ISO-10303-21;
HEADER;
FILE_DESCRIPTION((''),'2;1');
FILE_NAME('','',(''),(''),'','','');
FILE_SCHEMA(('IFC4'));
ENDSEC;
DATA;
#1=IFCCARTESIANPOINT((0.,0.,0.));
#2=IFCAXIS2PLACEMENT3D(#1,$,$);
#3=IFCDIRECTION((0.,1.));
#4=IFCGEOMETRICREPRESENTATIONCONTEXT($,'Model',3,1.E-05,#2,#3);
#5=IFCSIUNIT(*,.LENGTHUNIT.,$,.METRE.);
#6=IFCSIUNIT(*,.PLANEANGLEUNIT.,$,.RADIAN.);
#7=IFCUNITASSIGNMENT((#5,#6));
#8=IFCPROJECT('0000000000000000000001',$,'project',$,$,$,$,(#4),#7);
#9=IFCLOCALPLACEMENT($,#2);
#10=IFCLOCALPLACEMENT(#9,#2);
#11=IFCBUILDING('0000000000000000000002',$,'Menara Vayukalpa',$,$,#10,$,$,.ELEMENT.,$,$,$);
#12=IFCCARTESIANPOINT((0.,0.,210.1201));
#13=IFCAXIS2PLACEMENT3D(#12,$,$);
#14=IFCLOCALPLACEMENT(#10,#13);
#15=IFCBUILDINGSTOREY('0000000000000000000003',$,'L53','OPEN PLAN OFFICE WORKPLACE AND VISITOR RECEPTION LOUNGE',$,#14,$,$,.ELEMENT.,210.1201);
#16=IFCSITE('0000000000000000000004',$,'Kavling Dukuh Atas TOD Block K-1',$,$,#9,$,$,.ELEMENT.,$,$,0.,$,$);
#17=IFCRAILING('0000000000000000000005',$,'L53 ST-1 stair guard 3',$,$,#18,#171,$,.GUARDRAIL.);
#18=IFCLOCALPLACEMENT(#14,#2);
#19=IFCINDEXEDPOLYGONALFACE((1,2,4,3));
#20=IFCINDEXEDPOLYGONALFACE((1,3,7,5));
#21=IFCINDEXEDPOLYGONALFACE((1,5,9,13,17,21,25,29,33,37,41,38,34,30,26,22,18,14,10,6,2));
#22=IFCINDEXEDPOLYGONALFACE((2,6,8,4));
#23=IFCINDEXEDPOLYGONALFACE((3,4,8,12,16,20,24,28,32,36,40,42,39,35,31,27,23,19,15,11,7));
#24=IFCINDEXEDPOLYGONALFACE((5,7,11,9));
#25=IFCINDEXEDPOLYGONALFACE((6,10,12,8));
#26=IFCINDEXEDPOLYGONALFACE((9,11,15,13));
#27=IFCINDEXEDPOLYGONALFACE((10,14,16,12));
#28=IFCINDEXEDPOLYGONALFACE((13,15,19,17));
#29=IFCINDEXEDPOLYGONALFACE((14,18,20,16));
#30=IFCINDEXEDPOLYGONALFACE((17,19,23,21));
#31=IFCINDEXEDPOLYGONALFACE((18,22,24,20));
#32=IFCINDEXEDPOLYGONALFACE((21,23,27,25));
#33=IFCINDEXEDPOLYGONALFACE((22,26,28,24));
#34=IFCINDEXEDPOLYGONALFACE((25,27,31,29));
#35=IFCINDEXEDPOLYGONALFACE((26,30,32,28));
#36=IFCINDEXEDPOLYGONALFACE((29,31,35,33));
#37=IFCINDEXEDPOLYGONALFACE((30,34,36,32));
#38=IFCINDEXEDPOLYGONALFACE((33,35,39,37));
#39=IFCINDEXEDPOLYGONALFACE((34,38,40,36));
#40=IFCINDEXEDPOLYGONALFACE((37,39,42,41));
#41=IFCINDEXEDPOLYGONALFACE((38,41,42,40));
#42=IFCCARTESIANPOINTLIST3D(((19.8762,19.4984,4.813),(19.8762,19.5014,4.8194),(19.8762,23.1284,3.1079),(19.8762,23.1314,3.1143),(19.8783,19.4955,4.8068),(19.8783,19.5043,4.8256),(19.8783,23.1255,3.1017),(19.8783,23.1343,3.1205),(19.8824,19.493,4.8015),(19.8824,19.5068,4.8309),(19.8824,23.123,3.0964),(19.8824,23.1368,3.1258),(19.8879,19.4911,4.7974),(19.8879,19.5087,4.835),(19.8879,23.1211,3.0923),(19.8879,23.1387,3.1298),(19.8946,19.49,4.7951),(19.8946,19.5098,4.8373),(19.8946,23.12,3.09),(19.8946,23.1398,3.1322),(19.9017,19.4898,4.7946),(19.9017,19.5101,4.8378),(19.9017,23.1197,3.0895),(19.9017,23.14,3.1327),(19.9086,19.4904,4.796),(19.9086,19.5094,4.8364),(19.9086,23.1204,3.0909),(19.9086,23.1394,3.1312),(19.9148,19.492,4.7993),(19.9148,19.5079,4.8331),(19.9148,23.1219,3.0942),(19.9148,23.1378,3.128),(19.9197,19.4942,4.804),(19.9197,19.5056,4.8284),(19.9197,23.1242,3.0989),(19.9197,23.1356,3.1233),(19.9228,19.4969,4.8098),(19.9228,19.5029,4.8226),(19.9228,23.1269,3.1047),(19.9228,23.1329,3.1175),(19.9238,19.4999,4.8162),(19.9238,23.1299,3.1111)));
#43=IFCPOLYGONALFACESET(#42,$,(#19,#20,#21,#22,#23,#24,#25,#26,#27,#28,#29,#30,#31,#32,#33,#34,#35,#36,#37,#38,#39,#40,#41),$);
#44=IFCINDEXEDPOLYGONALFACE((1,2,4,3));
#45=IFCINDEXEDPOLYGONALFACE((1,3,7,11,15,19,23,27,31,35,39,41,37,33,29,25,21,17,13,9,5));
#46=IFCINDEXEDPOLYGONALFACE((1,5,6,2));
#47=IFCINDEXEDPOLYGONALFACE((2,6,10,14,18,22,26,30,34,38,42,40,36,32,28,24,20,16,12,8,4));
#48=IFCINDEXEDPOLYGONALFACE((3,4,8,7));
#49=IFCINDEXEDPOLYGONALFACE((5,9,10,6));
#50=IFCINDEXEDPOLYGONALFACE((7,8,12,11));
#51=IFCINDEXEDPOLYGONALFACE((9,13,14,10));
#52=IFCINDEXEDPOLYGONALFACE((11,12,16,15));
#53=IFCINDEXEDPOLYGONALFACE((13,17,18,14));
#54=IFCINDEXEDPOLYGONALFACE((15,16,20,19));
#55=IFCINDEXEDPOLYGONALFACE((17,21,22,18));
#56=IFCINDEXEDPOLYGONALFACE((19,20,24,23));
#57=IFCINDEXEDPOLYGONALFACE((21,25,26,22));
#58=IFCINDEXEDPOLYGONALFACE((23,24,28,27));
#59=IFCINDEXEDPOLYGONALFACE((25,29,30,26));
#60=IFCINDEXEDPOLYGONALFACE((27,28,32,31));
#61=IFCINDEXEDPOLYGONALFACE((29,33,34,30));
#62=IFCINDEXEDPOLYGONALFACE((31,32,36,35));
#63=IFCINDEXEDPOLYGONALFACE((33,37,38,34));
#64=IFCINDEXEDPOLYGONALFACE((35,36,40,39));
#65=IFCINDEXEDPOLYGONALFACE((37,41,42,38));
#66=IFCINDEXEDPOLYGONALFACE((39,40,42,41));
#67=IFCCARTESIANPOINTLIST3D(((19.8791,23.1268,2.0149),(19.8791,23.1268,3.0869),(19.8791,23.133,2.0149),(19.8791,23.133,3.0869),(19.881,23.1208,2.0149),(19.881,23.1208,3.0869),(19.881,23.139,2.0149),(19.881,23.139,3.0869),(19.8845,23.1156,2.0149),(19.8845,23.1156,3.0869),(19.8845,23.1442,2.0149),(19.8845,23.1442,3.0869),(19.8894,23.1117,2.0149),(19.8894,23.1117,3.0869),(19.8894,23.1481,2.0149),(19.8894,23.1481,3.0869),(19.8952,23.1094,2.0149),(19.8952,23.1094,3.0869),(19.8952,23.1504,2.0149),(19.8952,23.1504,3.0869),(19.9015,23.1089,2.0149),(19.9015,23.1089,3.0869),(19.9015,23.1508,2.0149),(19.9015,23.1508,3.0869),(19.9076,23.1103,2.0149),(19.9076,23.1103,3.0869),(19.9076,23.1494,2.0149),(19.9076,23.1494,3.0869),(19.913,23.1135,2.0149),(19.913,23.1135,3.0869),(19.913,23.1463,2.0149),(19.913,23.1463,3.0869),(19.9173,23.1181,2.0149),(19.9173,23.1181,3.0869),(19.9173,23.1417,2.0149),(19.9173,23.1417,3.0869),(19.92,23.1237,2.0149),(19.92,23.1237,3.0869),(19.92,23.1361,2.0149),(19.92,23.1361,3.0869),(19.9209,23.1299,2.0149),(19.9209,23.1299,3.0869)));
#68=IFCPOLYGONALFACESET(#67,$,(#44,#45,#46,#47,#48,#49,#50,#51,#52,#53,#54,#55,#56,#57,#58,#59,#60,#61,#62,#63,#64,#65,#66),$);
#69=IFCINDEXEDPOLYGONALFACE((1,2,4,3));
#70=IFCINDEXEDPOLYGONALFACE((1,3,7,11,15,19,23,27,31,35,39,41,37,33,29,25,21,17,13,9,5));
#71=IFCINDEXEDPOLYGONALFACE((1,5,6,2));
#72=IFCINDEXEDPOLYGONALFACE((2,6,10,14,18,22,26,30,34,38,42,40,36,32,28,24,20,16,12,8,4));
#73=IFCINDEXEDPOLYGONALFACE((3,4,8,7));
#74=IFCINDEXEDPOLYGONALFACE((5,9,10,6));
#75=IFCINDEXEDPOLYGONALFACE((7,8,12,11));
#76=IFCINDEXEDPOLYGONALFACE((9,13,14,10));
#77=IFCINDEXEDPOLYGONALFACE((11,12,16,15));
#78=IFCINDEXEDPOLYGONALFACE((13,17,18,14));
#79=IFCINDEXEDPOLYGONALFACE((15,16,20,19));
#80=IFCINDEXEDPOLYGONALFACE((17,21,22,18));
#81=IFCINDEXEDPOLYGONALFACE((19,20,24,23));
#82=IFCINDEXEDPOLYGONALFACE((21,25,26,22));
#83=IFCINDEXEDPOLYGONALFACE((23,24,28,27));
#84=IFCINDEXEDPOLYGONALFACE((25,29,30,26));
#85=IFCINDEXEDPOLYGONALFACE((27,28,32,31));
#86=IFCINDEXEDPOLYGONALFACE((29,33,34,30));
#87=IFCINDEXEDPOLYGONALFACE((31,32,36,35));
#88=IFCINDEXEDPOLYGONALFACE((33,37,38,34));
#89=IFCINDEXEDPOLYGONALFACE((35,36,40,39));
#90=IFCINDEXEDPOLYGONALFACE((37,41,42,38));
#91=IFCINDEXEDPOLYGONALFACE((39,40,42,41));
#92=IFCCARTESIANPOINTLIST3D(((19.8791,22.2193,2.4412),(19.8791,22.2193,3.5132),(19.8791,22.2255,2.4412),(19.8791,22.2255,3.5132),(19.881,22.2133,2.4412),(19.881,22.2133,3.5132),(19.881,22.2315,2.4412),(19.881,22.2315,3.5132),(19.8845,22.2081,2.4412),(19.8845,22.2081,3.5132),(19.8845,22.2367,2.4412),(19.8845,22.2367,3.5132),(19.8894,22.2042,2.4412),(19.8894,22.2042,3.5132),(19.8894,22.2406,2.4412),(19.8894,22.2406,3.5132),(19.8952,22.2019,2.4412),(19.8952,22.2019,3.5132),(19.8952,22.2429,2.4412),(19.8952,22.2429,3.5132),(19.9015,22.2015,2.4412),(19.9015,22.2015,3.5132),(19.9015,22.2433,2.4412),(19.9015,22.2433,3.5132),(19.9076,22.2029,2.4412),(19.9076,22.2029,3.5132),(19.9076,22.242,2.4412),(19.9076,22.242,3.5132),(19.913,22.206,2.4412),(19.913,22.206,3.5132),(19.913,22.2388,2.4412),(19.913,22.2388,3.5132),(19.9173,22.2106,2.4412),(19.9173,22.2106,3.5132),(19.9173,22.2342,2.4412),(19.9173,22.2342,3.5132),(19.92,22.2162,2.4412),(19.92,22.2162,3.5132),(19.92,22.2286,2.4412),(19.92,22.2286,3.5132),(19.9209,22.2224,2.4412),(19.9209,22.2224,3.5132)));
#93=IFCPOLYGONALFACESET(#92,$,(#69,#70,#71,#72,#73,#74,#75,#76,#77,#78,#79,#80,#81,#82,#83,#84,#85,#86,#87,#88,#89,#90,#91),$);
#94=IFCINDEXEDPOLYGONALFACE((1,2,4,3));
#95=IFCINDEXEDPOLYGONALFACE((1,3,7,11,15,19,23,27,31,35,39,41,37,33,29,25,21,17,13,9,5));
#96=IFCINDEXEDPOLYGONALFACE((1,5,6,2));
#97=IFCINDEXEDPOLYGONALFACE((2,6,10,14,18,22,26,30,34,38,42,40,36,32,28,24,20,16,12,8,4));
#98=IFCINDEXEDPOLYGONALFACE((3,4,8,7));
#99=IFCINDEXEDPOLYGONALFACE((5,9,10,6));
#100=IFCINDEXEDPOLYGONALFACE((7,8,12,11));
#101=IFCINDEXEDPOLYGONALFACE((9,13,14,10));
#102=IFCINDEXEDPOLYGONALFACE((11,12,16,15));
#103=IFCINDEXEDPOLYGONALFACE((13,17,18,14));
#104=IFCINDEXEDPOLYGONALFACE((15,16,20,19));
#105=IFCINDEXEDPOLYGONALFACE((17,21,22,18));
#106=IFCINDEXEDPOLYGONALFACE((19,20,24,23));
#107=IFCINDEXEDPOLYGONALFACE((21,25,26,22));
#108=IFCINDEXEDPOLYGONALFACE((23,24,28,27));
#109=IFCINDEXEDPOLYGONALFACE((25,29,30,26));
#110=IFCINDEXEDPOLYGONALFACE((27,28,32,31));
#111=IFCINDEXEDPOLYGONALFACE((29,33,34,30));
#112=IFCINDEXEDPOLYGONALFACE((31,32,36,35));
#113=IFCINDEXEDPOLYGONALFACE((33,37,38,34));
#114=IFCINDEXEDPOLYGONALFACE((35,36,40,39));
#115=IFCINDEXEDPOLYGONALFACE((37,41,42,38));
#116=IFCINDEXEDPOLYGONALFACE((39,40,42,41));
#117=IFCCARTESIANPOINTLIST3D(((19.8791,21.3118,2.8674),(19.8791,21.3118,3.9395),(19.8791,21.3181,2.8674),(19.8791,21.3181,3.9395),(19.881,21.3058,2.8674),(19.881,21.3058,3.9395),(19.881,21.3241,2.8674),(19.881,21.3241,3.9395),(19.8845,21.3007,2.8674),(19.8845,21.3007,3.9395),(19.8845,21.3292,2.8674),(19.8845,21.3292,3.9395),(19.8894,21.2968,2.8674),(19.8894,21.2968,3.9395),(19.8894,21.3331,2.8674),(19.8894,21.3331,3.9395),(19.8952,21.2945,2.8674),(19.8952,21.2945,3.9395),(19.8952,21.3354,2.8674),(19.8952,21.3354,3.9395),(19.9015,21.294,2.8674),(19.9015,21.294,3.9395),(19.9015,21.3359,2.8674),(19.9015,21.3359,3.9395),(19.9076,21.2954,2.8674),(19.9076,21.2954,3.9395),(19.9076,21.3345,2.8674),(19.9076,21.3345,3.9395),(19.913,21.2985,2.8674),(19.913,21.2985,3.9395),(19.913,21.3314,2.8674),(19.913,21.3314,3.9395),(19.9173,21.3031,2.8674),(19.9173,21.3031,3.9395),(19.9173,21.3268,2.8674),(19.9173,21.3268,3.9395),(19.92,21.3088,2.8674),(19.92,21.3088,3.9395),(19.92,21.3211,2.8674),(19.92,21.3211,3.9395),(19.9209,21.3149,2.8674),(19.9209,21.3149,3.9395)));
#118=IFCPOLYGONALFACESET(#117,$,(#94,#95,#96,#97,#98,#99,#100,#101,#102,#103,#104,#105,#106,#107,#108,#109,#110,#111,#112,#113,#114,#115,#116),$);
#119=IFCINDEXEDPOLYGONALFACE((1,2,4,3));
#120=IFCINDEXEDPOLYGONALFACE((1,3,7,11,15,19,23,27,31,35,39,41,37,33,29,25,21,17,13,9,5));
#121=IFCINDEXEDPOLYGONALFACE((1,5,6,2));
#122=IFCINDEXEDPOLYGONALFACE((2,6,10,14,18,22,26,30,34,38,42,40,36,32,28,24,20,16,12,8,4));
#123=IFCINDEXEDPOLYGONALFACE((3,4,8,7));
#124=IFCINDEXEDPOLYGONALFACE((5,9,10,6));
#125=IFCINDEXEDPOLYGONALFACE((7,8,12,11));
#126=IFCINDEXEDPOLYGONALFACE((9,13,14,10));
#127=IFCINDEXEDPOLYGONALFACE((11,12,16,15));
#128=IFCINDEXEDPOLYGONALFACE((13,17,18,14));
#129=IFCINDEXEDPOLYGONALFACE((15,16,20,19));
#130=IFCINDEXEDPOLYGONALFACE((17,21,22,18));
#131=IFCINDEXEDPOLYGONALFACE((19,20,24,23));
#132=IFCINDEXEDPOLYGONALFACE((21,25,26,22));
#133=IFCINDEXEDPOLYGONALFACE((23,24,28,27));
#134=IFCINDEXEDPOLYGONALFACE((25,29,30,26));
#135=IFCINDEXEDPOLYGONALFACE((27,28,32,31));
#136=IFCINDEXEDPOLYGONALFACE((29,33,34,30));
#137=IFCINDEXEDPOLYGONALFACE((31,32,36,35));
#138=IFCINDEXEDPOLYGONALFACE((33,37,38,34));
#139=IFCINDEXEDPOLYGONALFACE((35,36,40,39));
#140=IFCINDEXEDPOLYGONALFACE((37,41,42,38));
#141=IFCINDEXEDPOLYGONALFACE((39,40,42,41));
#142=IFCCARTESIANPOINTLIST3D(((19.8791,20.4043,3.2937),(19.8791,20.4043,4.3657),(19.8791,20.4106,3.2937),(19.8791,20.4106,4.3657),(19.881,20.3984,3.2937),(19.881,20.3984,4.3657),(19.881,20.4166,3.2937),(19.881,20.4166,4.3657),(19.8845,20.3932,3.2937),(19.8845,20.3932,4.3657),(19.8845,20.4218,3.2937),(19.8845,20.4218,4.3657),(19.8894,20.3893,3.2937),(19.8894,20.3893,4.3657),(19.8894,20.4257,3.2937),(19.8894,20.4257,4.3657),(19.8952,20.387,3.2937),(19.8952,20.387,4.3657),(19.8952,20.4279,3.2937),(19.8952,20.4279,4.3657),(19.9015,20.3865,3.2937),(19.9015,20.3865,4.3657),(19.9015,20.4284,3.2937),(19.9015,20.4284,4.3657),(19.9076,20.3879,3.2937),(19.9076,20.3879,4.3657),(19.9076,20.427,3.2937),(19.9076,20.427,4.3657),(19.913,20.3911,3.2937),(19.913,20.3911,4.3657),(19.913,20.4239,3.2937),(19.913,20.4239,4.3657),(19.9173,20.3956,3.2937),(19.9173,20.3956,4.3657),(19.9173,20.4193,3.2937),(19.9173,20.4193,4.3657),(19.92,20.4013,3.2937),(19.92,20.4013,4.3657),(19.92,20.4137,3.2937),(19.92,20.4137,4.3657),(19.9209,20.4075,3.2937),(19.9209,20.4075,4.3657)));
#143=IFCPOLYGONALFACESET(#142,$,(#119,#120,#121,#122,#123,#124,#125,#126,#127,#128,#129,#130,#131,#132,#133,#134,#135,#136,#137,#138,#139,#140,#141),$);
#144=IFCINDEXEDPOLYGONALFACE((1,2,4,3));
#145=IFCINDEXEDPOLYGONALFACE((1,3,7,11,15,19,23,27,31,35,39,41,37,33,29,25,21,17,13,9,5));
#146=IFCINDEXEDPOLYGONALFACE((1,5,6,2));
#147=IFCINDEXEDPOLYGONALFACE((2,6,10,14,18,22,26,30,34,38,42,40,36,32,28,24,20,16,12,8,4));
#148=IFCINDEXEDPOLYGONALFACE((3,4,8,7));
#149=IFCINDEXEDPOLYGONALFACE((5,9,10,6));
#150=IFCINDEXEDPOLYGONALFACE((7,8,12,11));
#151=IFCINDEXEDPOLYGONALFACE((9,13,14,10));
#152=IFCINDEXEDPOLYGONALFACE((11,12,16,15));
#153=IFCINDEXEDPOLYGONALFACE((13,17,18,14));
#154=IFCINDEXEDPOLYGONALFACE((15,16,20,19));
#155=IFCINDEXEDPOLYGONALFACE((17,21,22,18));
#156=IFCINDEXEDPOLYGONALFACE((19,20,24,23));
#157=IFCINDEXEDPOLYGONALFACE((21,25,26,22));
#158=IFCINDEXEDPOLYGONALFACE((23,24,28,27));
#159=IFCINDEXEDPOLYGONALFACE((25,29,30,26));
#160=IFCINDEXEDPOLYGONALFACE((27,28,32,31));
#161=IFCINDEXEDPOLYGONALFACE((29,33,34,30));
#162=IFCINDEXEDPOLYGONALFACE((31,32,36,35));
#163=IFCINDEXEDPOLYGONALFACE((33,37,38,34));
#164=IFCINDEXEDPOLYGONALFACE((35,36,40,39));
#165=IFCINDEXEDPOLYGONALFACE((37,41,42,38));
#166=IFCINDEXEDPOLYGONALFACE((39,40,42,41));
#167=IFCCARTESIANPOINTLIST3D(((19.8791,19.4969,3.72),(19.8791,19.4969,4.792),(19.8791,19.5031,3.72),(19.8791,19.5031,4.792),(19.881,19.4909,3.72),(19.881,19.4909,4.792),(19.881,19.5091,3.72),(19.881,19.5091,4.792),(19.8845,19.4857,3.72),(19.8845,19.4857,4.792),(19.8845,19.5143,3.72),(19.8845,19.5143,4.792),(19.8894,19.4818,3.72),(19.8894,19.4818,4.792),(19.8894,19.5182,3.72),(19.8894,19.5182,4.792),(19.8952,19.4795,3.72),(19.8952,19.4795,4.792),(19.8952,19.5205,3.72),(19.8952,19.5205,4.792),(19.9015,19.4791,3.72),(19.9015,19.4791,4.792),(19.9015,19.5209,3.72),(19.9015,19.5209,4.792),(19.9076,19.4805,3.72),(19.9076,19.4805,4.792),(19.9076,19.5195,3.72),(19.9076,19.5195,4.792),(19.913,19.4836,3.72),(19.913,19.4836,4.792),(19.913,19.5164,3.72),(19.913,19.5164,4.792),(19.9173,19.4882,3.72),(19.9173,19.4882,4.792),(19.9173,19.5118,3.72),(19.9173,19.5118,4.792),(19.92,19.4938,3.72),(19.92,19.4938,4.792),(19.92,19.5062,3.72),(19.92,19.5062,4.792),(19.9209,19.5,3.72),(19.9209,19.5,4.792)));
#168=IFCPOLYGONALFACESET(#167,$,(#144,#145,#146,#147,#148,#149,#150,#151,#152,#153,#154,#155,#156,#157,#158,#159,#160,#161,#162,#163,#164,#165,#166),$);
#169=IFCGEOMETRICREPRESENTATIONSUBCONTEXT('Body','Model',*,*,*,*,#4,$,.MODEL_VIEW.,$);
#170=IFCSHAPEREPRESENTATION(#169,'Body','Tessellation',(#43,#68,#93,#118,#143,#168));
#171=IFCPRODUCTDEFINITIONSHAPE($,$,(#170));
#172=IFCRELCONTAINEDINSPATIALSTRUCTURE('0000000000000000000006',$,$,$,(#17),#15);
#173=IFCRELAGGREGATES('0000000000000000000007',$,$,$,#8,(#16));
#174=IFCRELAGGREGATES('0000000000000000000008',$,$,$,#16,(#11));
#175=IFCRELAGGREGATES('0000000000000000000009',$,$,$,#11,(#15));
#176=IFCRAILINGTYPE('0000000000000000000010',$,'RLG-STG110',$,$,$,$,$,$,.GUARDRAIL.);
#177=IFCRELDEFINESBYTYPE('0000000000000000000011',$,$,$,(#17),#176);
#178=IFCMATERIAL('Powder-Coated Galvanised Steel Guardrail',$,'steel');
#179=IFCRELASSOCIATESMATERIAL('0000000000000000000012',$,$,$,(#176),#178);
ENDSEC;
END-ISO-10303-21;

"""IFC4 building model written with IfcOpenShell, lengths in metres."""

from ifc_helpers import new_model, si_unit, direction, frame, origin, origin_2d, place, context, subcontext, project, spatial, circle, extrude, material, type_object, element, save


model = new_model("IFC4")

# Units and contexts
model_context = context("Model", 3, precision=1e-05, world=origin(), true_north=direction((0.0, 1.0)))
body_context = subcontext(model_context, "Body", "Model", "MODEL_VIEW")
ifc_project = project(units=[si_unit("LENGTHUNIT", "METRE"), si_unit("PLANEANGLEUNIT", "RADIAN")], contexts=[model_context])

# Site, building, storey
site_placement = place(None, origin())
site = spatial("IfcSite", under=ifc_project, at=site_placement, Name="Kavling Dukuh Atas TOD Block K-1", CompositionType="ELEMENT", RefElevation=0.0)
building_placement = place(site_placement, origin())
building = spatial("IfcBuilding", under=site, at=building_placement, Name="Menara Vayukalpa", CompositionType="ELEMENT")
storey_placement = place(building_placement, frame((0.0, 0.0, 210.1201)))
storey = spatial("IfcBuildingStorey", under=building, at=storey_placement, Name="L53", Description="OPEN PLAN OFFICE WORKPLACE AND VISITOR RECEPTION LOUNGE", CompositionType="ELEMENT", Elevation=210.1201)

# Railing
ifc_material_1 = material(Name="Powder-Coated Galvanised Steel Guardrail", Category="steel")
railing_type_1 = type_object("IfcRailingType", Name="RLG-STG110", PredefinedType="GUARDRAIL", material=ifc_material_1)
railing_1_placement = place(storey_placement, frame((19.8999, 23.1299, 2.0149)))
element("IfcRailing", 1, at=railing_1_placement, inside=storey, type_object=railing_type_1, Name="L53 ST-1 stair guard 3", PredefinedType="GUARDRAIL", context=body_context, shape_type="SweptSolid", body=[
    extrude(circle(Radius=0.0239, at=origin_2d()), frame((0.0, 0.0, 1.0962), z_axis=(0.0, -0.905116, 0.425164), x_axis=(1.0, 0.0, 0.0)), (0.0, 0.0, 1.0), 4.0105),
    extrude(circle(Radius=0.021, at=origin_2d()), origin(), (0.0, 0.0, 1.0), 1.072),
    extrude(circle(Radius=0.021, at=origin_2d()), frame((0.0, -0.9075, 0.4263)), (0.0, 0.0, 1.0), 1.072),
    extrude(circle(Radius=0.021, at=origin_2d()), frame((0.0, -1.8149, 0.8525)), (0.0, 0.0, 1.0), 1.072),
    extrude(circle(Radius=0.021, at=origin_2d()), frame((0.0, -2.7224, 1.2788)), (0.0, 0.0, 1.0), 1.072),
    extrude(circle(Radius=0.021, at=origin_2d()), frame((0.0, -3.6299, 1.7051)), (0.0, 0.0, 1.0), 1.072),
])

save(model, "model.ifc")
